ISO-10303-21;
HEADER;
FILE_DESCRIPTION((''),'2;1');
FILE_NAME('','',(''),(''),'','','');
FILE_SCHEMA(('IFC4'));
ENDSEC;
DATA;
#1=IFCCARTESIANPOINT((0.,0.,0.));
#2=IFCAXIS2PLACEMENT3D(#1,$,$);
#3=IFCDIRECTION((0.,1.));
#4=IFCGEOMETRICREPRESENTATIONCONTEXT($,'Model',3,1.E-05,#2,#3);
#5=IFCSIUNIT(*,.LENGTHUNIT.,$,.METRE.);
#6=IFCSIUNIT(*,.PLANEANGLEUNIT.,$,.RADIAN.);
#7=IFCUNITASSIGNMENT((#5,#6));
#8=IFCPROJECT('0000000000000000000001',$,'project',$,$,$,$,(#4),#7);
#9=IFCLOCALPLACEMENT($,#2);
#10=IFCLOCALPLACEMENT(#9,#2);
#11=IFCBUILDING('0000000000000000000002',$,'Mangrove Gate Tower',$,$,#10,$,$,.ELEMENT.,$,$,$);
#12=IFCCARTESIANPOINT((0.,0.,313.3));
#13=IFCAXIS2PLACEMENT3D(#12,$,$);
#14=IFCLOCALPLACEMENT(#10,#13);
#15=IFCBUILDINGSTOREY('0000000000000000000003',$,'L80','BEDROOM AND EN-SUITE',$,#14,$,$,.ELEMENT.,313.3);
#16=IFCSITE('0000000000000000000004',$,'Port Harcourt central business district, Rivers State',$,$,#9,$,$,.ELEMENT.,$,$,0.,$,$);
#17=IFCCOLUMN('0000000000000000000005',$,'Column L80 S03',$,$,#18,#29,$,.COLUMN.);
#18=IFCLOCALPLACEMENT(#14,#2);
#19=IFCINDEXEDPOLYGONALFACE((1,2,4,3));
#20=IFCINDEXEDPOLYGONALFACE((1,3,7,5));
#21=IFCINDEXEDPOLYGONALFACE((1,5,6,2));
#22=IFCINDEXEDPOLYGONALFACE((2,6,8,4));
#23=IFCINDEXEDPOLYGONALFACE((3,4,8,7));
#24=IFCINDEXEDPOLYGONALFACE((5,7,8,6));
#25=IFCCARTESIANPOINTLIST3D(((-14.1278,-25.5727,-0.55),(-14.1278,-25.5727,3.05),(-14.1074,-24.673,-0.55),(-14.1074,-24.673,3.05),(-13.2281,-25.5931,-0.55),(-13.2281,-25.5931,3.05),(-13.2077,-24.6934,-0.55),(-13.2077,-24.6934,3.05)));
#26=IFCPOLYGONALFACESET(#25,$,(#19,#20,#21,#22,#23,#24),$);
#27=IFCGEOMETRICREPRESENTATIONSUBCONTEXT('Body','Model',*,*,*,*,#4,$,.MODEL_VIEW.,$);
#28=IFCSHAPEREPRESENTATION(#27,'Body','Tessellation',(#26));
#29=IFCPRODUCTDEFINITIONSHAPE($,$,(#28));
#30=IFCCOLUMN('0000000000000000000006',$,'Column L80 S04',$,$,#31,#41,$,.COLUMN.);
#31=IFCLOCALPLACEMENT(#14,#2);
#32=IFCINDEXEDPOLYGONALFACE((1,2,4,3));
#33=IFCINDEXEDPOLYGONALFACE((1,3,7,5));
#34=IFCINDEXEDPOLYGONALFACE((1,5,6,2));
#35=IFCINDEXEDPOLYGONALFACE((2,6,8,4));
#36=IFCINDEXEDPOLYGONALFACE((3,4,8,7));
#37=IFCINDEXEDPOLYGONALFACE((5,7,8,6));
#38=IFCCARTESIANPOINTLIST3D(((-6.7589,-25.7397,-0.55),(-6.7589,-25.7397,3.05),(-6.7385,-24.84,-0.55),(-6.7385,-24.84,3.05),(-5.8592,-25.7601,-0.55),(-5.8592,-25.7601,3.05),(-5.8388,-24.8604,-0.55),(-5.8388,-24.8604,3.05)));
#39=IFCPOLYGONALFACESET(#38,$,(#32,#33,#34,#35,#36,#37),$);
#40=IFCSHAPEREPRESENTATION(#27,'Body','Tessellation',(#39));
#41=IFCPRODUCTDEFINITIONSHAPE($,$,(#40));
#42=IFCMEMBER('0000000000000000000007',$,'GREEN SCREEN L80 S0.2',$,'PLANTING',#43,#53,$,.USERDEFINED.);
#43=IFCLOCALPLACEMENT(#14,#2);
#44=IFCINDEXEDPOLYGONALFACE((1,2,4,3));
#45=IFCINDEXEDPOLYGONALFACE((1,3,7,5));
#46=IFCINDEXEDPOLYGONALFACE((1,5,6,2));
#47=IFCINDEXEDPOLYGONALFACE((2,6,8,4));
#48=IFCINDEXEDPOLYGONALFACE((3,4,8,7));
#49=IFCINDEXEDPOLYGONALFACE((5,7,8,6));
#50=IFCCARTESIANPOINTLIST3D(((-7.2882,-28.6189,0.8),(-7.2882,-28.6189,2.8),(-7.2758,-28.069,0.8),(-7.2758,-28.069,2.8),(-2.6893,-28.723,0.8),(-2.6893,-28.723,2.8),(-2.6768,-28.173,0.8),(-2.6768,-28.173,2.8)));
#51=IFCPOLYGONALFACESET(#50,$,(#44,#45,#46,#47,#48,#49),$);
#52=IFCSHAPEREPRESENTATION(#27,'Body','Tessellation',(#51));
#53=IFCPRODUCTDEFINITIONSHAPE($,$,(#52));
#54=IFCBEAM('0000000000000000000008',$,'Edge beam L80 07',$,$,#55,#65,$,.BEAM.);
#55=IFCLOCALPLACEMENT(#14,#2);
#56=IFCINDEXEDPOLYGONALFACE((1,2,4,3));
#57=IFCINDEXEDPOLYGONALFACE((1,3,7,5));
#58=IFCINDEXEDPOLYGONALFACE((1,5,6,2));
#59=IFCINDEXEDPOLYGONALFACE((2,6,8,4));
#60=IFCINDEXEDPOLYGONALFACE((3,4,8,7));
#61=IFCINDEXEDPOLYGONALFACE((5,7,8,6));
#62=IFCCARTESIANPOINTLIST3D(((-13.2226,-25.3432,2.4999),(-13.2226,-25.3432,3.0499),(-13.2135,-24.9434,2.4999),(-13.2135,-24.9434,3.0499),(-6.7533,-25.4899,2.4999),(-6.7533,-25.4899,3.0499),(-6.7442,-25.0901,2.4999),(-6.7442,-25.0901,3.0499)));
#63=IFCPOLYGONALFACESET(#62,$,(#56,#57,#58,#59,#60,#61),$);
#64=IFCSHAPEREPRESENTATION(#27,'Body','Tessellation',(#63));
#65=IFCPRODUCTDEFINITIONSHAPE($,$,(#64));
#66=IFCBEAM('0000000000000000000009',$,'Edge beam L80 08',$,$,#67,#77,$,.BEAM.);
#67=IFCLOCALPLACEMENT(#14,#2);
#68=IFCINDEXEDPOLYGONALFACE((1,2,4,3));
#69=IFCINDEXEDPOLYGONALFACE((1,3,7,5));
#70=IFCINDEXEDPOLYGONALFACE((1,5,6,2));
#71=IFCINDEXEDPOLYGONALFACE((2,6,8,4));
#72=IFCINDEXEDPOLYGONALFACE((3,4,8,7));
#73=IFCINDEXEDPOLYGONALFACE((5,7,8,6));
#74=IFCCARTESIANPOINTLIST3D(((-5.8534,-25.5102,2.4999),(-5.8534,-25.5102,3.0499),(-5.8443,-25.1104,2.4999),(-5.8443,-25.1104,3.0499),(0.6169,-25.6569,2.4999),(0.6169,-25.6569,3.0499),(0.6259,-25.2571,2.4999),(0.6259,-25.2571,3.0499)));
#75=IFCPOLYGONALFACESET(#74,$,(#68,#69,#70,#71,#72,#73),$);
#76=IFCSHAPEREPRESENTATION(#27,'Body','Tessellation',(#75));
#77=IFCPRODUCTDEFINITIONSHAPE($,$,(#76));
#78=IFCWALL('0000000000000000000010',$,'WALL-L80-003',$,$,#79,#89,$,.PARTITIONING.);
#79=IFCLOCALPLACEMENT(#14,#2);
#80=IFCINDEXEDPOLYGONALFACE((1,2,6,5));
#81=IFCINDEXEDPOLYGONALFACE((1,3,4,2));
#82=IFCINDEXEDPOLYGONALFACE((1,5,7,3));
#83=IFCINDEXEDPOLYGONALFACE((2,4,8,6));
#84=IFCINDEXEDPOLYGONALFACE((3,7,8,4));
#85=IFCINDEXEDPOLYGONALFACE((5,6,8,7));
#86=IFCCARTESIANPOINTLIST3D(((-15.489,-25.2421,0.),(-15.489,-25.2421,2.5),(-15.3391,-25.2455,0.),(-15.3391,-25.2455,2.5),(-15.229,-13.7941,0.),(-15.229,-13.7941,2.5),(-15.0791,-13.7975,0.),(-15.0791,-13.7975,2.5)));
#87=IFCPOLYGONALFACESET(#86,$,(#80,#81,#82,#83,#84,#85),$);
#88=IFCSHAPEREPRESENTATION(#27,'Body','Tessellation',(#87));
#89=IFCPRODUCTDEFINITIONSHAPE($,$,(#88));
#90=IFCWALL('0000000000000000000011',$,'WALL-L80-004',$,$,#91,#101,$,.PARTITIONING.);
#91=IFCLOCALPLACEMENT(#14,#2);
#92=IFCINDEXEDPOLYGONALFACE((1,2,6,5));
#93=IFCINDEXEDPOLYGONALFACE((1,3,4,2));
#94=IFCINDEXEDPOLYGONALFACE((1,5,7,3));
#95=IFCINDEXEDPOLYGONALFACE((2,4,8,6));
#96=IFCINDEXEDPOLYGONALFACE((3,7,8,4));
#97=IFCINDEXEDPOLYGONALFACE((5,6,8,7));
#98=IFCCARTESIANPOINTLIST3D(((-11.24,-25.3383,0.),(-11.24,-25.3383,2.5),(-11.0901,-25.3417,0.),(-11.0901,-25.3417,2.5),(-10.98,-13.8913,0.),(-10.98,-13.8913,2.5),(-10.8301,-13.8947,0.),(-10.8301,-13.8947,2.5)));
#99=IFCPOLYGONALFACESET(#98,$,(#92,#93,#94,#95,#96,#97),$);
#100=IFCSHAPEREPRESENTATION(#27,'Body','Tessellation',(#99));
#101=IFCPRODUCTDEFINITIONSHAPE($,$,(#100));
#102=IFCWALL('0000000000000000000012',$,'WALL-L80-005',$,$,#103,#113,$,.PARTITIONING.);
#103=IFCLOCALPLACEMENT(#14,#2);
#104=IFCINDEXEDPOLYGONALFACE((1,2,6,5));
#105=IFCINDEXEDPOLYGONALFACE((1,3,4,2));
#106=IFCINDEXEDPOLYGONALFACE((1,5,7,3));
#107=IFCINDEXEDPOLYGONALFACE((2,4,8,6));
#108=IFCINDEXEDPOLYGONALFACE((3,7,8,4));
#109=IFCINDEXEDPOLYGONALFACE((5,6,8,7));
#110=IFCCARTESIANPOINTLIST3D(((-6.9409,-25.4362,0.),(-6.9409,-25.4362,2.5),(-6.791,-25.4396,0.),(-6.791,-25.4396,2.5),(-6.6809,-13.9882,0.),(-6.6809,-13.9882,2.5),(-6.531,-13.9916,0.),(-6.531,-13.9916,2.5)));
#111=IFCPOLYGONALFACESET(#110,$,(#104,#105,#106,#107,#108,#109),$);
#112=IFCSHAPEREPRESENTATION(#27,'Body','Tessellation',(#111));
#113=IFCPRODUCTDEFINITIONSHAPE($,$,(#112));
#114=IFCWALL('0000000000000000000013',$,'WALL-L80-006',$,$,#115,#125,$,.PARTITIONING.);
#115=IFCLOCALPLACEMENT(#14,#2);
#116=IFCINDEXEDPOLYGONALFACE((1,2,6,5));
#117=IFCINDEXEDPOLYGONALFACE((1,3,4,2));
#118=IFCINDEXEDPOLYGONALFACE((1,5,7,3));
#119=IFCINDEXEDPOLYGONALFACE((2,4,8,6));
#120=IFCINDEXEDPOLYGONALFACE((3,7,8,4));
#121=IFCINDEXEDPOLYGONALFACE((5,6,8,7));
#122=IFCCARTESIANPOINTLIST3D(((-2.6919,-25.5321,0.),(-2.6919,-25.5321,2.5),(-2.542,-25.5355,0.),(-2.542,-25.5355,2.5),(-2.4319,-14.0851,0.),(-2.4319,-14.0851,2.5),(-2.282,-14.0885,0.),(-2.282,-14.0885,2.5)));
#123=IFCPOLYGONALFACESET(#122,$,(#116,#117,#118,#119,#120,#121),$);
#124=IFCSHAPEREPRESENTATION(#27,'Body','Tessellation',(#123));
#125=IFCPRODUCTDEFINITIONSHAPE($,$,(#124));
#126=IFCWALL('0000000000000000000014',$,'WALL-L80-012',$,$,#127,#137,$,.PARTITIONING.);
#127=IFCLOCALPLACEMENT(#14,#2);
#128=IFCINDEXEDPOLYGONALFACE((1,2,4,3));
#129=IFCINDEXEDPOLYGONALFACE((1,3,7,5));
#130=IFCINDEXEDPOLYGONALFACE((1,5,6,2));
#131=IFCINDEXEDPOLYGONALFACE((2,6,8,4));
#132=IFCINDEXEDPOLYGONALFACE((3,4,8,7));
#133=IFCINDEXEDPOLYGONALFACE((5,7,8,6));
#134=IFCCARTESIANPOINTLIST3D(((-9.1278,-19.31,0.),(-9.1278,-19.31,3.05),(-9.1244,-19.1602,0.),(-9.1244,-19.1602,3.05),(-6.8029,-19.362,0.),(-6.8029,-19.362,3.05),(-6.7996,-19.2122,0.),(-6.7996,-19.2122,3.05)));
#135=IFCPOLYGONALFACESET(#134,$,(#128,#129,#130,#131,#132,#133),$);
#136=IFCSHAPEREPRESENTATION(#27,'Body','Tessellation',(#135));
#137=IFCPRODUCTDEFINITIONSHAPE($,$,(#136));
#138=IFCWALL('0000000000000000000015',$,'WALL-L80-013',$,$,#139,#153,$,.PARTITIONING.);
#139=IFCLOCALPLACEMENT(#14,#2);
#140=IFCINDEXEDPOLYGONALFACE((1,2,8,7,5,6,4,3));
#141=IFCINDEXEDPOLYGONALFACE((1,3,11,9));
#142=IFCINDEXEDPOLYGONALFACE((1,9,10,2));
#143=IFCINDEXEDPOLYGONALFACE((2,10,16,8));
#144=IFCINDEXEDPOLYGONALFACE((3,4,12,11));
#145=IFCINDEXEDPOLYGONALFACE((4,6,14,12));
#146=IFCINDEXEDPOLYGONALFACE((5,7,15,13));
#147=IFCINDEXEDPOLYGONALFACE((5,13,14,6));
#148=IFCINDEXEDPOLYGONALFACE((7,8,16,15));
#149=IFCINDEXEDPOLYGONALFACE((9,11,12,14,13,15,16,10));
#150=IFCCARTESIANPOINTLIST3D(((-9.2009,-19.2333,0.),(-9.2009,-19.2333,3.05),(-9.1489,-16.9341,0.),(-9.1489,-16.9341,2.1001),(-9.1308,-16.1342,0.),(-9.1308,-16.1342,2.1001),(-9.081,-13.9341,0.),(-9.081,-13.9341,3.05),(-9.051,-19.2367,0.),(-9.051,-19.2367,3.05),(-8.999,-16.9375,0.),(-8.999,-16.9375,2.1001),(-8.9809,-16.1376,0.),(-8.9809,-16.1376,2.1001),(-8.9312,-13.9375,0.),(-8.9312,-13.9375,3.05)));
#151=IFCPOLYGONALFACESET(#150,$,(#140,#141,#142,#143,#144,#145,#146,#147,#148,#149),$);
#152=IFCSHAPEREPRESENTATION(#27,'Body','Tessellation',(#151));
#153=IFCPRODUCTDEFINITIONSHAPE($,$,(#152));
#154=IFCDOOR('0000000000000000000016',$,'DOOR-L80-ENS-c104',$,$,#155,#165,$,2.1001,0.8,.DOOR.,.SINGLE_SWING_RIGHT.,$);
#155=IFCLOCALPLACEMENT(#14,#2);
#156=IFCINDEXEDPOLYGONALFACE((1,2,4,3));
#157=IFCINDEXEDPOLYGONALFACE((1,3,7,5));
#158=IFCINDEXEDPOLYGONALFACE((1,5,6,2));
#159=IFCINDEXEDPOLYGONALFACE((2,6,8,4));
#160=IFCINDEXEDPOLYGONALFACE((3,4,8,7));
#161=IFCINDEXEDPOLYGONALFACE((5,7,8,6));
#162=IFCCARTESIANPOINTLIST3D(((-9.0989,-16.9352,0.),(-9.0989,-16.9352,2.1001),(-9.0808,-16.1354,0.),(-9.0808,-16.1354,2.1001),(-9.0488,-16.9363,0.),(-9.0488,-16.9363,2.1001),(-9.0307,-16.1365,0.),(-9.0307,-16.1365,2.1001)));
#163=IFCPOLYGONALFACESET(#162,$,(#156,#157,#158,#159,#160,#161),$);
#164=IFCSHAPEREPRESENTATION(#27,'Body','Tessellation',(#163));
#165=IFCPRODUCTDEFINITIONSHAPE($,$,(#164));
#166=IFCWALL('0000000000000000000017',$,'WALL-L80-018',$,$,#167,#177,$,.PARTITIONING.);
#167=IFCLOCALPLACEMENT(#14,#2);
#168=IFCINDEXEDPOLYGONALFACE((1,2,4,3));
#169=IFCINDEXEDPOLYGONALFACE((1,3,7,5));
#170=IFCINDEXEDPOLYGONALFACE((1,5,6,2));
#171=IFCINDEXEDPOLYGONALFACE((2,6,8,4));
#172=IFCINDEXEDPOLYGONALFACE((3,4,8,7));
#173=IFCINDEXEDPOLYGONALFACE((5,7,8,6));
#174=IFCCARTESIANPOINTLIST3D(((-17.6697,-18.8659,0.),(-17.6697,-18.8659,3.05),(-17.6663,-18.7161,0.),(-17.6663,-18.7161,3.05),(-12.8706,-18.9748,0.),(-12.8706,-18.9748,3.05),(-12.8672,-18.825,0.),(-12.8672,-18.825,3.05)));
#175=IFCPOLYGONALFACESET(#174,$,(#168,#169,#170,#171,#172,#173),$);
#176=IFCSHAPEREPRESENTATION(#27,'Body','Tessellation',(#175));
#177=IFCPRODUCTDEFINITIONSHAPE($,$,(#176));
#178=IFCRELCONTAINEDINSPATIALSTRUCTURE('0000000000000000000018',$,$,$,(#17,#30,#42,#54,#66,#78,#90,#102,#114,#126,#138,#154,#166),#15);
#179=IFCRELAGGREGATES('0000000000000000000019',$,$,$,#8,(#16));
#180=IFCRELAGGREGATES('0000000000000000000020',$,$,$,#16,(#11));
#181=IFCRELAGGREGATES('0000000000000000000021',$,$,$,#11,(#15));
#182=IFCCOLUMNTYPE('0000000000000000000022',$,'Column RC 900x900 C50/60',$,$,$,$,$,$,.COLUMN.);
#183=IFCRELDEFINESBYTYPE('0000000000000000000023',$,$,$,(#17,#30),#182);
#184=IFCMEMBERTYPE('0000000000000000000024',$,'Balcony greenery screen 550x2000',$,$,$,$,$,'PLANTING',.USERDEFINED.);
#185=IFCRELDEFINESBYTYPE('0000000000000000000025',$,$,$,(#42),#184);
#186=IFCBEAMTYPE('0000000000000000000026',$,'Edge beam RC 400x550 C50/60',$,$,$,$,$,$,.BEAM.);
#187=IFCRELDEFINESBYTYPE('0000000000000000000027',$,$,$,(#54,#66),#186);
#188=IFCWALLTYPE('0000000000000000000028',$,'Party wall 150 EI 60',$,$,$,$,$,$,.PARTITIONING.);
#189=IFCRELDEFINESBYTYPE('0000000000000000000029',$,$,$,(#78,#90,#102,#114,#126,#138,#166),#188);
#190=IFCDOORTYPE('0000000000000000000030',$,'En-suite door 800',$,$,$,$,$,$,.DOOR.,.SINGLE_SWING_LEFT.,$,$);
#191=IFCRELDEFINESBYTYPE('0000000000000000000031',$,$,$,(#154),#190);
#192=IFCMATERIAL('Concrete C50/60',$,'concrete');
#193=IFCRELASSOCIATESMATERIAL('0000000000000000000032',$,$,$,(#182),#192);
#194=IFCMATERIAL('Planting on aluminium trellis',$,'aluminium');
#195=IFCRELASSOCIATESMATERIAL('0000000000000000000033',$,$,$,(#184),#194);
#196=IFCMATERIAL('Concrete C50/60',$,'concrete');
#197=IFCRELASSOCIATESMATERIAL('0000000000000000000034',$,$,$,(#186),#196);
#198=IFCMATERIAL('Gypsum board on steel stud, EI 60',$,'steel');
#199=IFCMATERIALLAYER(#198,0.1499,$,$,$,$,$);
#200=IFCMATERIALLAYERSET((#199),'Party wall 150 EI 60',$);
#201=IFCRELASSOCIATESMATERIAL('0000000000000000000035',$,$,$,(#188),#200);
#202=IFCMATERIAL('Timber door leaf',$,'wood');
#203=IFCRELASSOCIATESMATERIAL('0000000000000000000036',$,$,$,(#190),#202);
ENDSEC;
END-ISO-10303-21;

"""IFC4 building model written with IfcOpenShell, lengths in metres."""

from ifc_helpers import new_model, si_unit, direction, frame, frame_2d, origin, origin_2d, place, context, subcontext, project, spatial, rectangle, extrude, material, layer, layer_set, material_profile, profile_set, type_object, element, fill, save


model = new_model("IFC4")

# Units and contexts
model_context = context("Model", 3, precision=1e-05, world=origin(), true_north=direction((0.0, 1.0)))
body_context = subcontext(model_context, "Body", "Model", "MODEL_VIEW")
ifc_project = project(units=[si_unit("LENGTHUNIT", "METRE"), si_unit("PLANEANGLEUNIT", "RADIAN")], contexts=[model_context])

# Site, building, storey
site_placement = place(None, origin())
site = spatial("IfcSite", under=ifc_project, at=site_placement, Name="Port Harcourt central business district, Rivers State", CompositionType="ELEMENT", RefElevation=0.0)
building_placement = place(site_placement, origin())
building = spatial("IfcBuilding", under=site, at=building_placement, Name="Mangrove Gate Tower", CompositionType="ELEMENT")
storey_placement = place(building_placement, frame((0.0, 0.0, 313.3)))
storey = spatial("IfcBuildingStorey", under=building, at=storey_placement, Name="L80", Description="BEDROOM AND EN-SUITE", CompositionType="ELEMENT", Elevation=313.3)

# Columns
ifc_material_1 = material(Name="Concrete C50/60", Category="concrete")
ifc_material_profile_1 = material_profile(ifc_material_1, rectangle(XDim=0.8999, YDim=0.8999, at=origin_2d()))
ifc_profile_set_1 = profile_set([ifc_material_profile_1], Name="Concrete C50/60")
column_type = type_object("IfcColumnType", Name="Column RC 900x900 C50/60", PredefinedType="COLUMN", material=ifc_profile_set_1)
for number, where, z_axis, x_axis, name in (
    (1, (-13.6677, -25.1331, -0.55), (0.0, 0.0, 1.0), (0.999743, -0.022655, 0.0), "Column L80 S03"),
    (2, (-6.2988, -25.3, -0.55), (0.0, 0.0, 1.0), (0.999743, -0.022655, 0.0), "Column L80 S04"),
):
    element("IfcColumn", number, at=place(storey_placement, frame(where, z_axis=z_axis, x_axis=x_axis)), inside=storey, type_object=column_type, Name=name, PredefinedType="COLUMN", context=body_context, shape_type="SweptSolid", body=[
        extrude(rectangle(XDim=0.8999, YDim=0.8999, at=origin_2d()), origin(), (0.0, 0.0, 1.0), 3.6001),
    ])

# Member
ifc_material_2 = material(Name="Planting on aluminium trellis", Category="aluminium")
ifc_material_profile_2 = material_profile(ifc_material_2, rectangle(XDim=0.55, YDim=2.0, at=origin_2d()))
ifc_profile_set_2 = profile_set([ifc_material_profile_2], Name="Planting on aluminium trellis")
member_type = type_object("IfcMemberType", Name="Balcony greenery screen 550x2000", ElementType="PLANTING", PredefinedType="USERDEFINED", material=ifc_profile_set_2)
member_placement = place(storey_placement, frame((-7.282, -28.344, 1.8), z_axis=(0.999744, -0.022609, 0.0), x_axis=(0.022609, 0.999744, 0.0)))
element("IfcMember", 3, at=member_placement, inside=storey, type_object=member_type, Name="GREEN SCREEN L80 S0.2", ObjectType="PLANTING", PredefinedType="USERDEFINED", context=body_context, shape_type="SweptSolid", body=[
    extrude(rectangle(XDim=0.55, YDim=2.0, at=origin_2d()), origin(), (0.0, 0.0, 1.0), 4.6001),
])

# Beams
ifc_material_3 = material(Name="Concrete C50/60", Category="concrete")
ifc_material_profile_3 = material_profile(ifc_material_3, rectangle(XDim=0.3999, YDim=0.55, at=origin_2d()))
ifc_profile_set_3 = profile_set([ifc_material_profile_3], Name="Concrete C50/60")
beam_type = type_object("IfcBeamType", Name="Edge beam RC 400x550 C50/60", PredefinedType="BEAM", material=ifc_profile_set_3)
beam_1_placement = place(storey_placement, frame((-13.218, -25.1433, 2.7749), z_axis=(0.999743, -0.022675, 0.0), x_axis=(0.022675, 0.999743, 0.0)))
element("IfcBeam", 4, at=beam_1_placement, inside=storey, type_object=beam_type, Name="Edge beam L80 07", PredefinedType="BEAM", context=body_context, shape_type="SweptSolid", body=[
    extrude(rectangle(XDim=0.3999, YDim=0.55, at=origin_2d()), origin(), (0.0, 0.0, 1.0), 6.4709),
])
beam_2_placement = place(storey_placement, frame((-5.8489, -25.3103, 2.7749), z_axis=(0.999743, -0.022672, 0.0), x_axis=(0.022672, 0.999743, 0.0)))
element("IfcBeam", 5, at=beam_2_placement, inside=storey, type_object=beam_type, Name="Edge beam L80 08", PredefinedType="BEAM", context=body_context, shape_type="SweptSolid", body=[
    extrude(rectangle(XDim=0.3999, YDim=0.55, at=origin_2d()), origin(), (0.0, 0.0, 1.0), 6.4719),
])

# Walls
ifc_material_4 = material(Name="Gypsum board on steel stud, EI 60", Category="steel")
ifc_layer_1 = layer(ifc_material_4, 0.1499)
ifc_layer_set_1 = layer_set([ifc_layer_1], Name="Party wall 150 EI 60")
wall_type_1 = type_object("IfcWallType", Name="Party wall 150 EI 60", PredefinedType="PARTITIONING", material=ifc_layer_set_1)
wall_1_placement = place(storey_placement, frame((-15.4141, -25.2439, 0.0), z_axis=(0.0, 0.0, 1.0), x_axis=(0.022706, 0.999742, 0.0)))
element("IfcWall", 6, at=wall_1_placement, inside=storey, type_object=wall_type_1, Name="WALL-L80-003", PredefinedType="PARTITIONING", context=body_context, shape_type="SweptSolid", body=[
    extrude(rectangle(XDim=11.4509, YDim=0.1499, at=frame_2d((5.7256, 0.0))), origin(), (0.0, 0.0, 1.0), 2.5),
])
wall_2_placement = place(storey_placement, frame((-11.165, -25.3401, 0.0), z_axis=(0.0, 0.0, 1.0), x_axis=(0.022708, 0.999742, 0.0)))
element("IfcWall", 7, at=wall_2_placement, inside=storey, type_object=wall_type_1, Name="WALL-L80-004", PredefinedType="PARTITIONING", context=body_context, shape_type="SweptSolid", body=[
    extrude(rectangle(XDim=11.45, YDim=0.1499, at=frame_2d((5.7251, 0.0))), origin(), (0.0, 0.0, 1.0), 2.5),
])
wall_3_placement = place(storey_placement, frame((-6.866, -25.438, 0.0), z_axis=(0.0, 0.0, 1.0), x_axis=(0.022706, 0.999742, 0.0)))
element("IfcWall", 8, at=wall_3_placement, inside=storey, type_object=wall_type_1, Name="WALL-L80-005", PredefinedType="PARTITIONING", context=body_context, shape_type="SweptSolid", body=[
    extrude(rectangle(XDim=11.4509, YDim=0.1499, at=frame_2d((5.7256, 0.0))), origin(), (0.0, 0.0, 1.0), 2.5),
])
wall_4_placement = place(storey_placement, frame((-2.6169, -25.5339, 0.0), z_axis=(0.0, 0.0, 1.0), x_axis=(0.022708, 0.999742, 0.0)))
element("IfcWall", 9, at=wall_4_placement, inside=storey, type_object=wall_type_1, Name="WALL-L80-006", PredefinedType="PARTITIONING", context=body_context, shape_type="SweptSolid", body=[
    extrude(rectangle(XDim=11.45, YDim=0.1499, at=frame_2d((5.7251, 0.0))), origin(), (0.0, 0.0, 1.0), 2.5),
])
wall_5_placement = place(storey_placement, frame((-9.126, -19.2351, 0.0), z_axis=(0.0, 0.0, 1.0), x_axis=(0.99975, -0.022361, 0.0)))
element("IfcWall", 10, at=wall_5_placement, inside=storey, type_object=wall_type_1, Name="WALL-L80-012", PredefinedType="PARTITIONING", context=body_context, shape_type="SweptSolid", body=[
    extrude(rectangle(XDim=2.3254, YDim=0.1499, at=frame_2d((1.1626, 0.0))), origin(), (0.0, 0.0, 1.0), 3.05),
])

# Wall, opening, door
wall_6_placement = place(storey_placement, frame((-9.126, -19.2351, 0.0), z_axis=(0.0, 0.0, 1.0), x_axis=(0.022616, 0.999744, 0.0)))
wall_6 = element("IfcWall", 11, at=wall_6_placement, inside=storey, type_object=wall_type_1, Name="WALL-L80-013", PredefinedType="PARTITIONING", context=body_context, shape_type="SweptSolid", body=[
    extrude(rectangle(XDim=5.3005, YDim=0.1499, at=frame_2d((2.6504, 0.0))), origin(), (0.0, 0.0, 1.0), 3.05),
])
opening_1_placement = place(wall_6_placement, frame((2.3, 0.0, 0.0)))
opening_1 = element("IfcOpeningElement", 12, at=opening_1_placement, cuts=wall_6, PredefinedType="OPENING", context=body_context, shape_type="SweptSolid", body=[
    extrude(rectangle(XDim=0.8, YDim=2.1001, at=frame_2d((0.3999, 1.05))), frame((0.0, 0.085, 0.0), z_axis=(0.0, -1.0, 0.0), x_axis=(1.0, 0.0, 0.0)), (0.0, 0.0, 1.0), 0.1699),
])
ifc_material_5 = material(Name="Timber door leaf", Category="wood")
door_type = type_object("IfcDoorType", Name="En-suite door 800", OperationType="SINGLE_SWING_LEFT", PredefinedType="DOOR", material=ifc_material_5)
door_1_placement = place(opening_1_placement, origin())
door_1 = element("IfcDoor", 13, at=door_1_placement, inside=storey, type_object=door_type, Name="DOOR-L80-ENS-c104", OperationType="SINGLE_SWING_RIGHT", OverallHeight=2.1001, OverallWidth=0.8, PredefinedType="DOOR", context=body_context, shape_type="SweptSolid", body=[
    extrude(rectangle(XDim=0.8, YDim=2.1001, at=frame_2d((0.3999, 1.05))), frame((0.0, 0.0249, 0.0), z_axis=(0.0, -1.0, 0.0), x_axis=(1.0, 0.0, 0.0)), (0.0, 0.0, 1.0), 0.05),
])
fill(opening_1, door_1)

# Wall
wall_7_placement = place(storey_placement, frame((-17.668, -18.791, 0.0), z_axis=(0.0, 0.0, 1.0), x_axis=(0.999743, -0.022683, 0.0)))
element("IfcWall", 14, at=wall_7_placement, inside=storey, type_object=wall_type_1, Name="WALL-L80-018", PredefinedType="PARTITIONING", context=body_context, shape_type="SweptSolid", body=[
    extrude(rectangle(XDim=4.8003, YDim=0.1499, at=frame_2d((2.4001, 0.0))), origin(), (0.0, 0.0, 1.0), 3.05),
])

save(model, "model.ifc")
